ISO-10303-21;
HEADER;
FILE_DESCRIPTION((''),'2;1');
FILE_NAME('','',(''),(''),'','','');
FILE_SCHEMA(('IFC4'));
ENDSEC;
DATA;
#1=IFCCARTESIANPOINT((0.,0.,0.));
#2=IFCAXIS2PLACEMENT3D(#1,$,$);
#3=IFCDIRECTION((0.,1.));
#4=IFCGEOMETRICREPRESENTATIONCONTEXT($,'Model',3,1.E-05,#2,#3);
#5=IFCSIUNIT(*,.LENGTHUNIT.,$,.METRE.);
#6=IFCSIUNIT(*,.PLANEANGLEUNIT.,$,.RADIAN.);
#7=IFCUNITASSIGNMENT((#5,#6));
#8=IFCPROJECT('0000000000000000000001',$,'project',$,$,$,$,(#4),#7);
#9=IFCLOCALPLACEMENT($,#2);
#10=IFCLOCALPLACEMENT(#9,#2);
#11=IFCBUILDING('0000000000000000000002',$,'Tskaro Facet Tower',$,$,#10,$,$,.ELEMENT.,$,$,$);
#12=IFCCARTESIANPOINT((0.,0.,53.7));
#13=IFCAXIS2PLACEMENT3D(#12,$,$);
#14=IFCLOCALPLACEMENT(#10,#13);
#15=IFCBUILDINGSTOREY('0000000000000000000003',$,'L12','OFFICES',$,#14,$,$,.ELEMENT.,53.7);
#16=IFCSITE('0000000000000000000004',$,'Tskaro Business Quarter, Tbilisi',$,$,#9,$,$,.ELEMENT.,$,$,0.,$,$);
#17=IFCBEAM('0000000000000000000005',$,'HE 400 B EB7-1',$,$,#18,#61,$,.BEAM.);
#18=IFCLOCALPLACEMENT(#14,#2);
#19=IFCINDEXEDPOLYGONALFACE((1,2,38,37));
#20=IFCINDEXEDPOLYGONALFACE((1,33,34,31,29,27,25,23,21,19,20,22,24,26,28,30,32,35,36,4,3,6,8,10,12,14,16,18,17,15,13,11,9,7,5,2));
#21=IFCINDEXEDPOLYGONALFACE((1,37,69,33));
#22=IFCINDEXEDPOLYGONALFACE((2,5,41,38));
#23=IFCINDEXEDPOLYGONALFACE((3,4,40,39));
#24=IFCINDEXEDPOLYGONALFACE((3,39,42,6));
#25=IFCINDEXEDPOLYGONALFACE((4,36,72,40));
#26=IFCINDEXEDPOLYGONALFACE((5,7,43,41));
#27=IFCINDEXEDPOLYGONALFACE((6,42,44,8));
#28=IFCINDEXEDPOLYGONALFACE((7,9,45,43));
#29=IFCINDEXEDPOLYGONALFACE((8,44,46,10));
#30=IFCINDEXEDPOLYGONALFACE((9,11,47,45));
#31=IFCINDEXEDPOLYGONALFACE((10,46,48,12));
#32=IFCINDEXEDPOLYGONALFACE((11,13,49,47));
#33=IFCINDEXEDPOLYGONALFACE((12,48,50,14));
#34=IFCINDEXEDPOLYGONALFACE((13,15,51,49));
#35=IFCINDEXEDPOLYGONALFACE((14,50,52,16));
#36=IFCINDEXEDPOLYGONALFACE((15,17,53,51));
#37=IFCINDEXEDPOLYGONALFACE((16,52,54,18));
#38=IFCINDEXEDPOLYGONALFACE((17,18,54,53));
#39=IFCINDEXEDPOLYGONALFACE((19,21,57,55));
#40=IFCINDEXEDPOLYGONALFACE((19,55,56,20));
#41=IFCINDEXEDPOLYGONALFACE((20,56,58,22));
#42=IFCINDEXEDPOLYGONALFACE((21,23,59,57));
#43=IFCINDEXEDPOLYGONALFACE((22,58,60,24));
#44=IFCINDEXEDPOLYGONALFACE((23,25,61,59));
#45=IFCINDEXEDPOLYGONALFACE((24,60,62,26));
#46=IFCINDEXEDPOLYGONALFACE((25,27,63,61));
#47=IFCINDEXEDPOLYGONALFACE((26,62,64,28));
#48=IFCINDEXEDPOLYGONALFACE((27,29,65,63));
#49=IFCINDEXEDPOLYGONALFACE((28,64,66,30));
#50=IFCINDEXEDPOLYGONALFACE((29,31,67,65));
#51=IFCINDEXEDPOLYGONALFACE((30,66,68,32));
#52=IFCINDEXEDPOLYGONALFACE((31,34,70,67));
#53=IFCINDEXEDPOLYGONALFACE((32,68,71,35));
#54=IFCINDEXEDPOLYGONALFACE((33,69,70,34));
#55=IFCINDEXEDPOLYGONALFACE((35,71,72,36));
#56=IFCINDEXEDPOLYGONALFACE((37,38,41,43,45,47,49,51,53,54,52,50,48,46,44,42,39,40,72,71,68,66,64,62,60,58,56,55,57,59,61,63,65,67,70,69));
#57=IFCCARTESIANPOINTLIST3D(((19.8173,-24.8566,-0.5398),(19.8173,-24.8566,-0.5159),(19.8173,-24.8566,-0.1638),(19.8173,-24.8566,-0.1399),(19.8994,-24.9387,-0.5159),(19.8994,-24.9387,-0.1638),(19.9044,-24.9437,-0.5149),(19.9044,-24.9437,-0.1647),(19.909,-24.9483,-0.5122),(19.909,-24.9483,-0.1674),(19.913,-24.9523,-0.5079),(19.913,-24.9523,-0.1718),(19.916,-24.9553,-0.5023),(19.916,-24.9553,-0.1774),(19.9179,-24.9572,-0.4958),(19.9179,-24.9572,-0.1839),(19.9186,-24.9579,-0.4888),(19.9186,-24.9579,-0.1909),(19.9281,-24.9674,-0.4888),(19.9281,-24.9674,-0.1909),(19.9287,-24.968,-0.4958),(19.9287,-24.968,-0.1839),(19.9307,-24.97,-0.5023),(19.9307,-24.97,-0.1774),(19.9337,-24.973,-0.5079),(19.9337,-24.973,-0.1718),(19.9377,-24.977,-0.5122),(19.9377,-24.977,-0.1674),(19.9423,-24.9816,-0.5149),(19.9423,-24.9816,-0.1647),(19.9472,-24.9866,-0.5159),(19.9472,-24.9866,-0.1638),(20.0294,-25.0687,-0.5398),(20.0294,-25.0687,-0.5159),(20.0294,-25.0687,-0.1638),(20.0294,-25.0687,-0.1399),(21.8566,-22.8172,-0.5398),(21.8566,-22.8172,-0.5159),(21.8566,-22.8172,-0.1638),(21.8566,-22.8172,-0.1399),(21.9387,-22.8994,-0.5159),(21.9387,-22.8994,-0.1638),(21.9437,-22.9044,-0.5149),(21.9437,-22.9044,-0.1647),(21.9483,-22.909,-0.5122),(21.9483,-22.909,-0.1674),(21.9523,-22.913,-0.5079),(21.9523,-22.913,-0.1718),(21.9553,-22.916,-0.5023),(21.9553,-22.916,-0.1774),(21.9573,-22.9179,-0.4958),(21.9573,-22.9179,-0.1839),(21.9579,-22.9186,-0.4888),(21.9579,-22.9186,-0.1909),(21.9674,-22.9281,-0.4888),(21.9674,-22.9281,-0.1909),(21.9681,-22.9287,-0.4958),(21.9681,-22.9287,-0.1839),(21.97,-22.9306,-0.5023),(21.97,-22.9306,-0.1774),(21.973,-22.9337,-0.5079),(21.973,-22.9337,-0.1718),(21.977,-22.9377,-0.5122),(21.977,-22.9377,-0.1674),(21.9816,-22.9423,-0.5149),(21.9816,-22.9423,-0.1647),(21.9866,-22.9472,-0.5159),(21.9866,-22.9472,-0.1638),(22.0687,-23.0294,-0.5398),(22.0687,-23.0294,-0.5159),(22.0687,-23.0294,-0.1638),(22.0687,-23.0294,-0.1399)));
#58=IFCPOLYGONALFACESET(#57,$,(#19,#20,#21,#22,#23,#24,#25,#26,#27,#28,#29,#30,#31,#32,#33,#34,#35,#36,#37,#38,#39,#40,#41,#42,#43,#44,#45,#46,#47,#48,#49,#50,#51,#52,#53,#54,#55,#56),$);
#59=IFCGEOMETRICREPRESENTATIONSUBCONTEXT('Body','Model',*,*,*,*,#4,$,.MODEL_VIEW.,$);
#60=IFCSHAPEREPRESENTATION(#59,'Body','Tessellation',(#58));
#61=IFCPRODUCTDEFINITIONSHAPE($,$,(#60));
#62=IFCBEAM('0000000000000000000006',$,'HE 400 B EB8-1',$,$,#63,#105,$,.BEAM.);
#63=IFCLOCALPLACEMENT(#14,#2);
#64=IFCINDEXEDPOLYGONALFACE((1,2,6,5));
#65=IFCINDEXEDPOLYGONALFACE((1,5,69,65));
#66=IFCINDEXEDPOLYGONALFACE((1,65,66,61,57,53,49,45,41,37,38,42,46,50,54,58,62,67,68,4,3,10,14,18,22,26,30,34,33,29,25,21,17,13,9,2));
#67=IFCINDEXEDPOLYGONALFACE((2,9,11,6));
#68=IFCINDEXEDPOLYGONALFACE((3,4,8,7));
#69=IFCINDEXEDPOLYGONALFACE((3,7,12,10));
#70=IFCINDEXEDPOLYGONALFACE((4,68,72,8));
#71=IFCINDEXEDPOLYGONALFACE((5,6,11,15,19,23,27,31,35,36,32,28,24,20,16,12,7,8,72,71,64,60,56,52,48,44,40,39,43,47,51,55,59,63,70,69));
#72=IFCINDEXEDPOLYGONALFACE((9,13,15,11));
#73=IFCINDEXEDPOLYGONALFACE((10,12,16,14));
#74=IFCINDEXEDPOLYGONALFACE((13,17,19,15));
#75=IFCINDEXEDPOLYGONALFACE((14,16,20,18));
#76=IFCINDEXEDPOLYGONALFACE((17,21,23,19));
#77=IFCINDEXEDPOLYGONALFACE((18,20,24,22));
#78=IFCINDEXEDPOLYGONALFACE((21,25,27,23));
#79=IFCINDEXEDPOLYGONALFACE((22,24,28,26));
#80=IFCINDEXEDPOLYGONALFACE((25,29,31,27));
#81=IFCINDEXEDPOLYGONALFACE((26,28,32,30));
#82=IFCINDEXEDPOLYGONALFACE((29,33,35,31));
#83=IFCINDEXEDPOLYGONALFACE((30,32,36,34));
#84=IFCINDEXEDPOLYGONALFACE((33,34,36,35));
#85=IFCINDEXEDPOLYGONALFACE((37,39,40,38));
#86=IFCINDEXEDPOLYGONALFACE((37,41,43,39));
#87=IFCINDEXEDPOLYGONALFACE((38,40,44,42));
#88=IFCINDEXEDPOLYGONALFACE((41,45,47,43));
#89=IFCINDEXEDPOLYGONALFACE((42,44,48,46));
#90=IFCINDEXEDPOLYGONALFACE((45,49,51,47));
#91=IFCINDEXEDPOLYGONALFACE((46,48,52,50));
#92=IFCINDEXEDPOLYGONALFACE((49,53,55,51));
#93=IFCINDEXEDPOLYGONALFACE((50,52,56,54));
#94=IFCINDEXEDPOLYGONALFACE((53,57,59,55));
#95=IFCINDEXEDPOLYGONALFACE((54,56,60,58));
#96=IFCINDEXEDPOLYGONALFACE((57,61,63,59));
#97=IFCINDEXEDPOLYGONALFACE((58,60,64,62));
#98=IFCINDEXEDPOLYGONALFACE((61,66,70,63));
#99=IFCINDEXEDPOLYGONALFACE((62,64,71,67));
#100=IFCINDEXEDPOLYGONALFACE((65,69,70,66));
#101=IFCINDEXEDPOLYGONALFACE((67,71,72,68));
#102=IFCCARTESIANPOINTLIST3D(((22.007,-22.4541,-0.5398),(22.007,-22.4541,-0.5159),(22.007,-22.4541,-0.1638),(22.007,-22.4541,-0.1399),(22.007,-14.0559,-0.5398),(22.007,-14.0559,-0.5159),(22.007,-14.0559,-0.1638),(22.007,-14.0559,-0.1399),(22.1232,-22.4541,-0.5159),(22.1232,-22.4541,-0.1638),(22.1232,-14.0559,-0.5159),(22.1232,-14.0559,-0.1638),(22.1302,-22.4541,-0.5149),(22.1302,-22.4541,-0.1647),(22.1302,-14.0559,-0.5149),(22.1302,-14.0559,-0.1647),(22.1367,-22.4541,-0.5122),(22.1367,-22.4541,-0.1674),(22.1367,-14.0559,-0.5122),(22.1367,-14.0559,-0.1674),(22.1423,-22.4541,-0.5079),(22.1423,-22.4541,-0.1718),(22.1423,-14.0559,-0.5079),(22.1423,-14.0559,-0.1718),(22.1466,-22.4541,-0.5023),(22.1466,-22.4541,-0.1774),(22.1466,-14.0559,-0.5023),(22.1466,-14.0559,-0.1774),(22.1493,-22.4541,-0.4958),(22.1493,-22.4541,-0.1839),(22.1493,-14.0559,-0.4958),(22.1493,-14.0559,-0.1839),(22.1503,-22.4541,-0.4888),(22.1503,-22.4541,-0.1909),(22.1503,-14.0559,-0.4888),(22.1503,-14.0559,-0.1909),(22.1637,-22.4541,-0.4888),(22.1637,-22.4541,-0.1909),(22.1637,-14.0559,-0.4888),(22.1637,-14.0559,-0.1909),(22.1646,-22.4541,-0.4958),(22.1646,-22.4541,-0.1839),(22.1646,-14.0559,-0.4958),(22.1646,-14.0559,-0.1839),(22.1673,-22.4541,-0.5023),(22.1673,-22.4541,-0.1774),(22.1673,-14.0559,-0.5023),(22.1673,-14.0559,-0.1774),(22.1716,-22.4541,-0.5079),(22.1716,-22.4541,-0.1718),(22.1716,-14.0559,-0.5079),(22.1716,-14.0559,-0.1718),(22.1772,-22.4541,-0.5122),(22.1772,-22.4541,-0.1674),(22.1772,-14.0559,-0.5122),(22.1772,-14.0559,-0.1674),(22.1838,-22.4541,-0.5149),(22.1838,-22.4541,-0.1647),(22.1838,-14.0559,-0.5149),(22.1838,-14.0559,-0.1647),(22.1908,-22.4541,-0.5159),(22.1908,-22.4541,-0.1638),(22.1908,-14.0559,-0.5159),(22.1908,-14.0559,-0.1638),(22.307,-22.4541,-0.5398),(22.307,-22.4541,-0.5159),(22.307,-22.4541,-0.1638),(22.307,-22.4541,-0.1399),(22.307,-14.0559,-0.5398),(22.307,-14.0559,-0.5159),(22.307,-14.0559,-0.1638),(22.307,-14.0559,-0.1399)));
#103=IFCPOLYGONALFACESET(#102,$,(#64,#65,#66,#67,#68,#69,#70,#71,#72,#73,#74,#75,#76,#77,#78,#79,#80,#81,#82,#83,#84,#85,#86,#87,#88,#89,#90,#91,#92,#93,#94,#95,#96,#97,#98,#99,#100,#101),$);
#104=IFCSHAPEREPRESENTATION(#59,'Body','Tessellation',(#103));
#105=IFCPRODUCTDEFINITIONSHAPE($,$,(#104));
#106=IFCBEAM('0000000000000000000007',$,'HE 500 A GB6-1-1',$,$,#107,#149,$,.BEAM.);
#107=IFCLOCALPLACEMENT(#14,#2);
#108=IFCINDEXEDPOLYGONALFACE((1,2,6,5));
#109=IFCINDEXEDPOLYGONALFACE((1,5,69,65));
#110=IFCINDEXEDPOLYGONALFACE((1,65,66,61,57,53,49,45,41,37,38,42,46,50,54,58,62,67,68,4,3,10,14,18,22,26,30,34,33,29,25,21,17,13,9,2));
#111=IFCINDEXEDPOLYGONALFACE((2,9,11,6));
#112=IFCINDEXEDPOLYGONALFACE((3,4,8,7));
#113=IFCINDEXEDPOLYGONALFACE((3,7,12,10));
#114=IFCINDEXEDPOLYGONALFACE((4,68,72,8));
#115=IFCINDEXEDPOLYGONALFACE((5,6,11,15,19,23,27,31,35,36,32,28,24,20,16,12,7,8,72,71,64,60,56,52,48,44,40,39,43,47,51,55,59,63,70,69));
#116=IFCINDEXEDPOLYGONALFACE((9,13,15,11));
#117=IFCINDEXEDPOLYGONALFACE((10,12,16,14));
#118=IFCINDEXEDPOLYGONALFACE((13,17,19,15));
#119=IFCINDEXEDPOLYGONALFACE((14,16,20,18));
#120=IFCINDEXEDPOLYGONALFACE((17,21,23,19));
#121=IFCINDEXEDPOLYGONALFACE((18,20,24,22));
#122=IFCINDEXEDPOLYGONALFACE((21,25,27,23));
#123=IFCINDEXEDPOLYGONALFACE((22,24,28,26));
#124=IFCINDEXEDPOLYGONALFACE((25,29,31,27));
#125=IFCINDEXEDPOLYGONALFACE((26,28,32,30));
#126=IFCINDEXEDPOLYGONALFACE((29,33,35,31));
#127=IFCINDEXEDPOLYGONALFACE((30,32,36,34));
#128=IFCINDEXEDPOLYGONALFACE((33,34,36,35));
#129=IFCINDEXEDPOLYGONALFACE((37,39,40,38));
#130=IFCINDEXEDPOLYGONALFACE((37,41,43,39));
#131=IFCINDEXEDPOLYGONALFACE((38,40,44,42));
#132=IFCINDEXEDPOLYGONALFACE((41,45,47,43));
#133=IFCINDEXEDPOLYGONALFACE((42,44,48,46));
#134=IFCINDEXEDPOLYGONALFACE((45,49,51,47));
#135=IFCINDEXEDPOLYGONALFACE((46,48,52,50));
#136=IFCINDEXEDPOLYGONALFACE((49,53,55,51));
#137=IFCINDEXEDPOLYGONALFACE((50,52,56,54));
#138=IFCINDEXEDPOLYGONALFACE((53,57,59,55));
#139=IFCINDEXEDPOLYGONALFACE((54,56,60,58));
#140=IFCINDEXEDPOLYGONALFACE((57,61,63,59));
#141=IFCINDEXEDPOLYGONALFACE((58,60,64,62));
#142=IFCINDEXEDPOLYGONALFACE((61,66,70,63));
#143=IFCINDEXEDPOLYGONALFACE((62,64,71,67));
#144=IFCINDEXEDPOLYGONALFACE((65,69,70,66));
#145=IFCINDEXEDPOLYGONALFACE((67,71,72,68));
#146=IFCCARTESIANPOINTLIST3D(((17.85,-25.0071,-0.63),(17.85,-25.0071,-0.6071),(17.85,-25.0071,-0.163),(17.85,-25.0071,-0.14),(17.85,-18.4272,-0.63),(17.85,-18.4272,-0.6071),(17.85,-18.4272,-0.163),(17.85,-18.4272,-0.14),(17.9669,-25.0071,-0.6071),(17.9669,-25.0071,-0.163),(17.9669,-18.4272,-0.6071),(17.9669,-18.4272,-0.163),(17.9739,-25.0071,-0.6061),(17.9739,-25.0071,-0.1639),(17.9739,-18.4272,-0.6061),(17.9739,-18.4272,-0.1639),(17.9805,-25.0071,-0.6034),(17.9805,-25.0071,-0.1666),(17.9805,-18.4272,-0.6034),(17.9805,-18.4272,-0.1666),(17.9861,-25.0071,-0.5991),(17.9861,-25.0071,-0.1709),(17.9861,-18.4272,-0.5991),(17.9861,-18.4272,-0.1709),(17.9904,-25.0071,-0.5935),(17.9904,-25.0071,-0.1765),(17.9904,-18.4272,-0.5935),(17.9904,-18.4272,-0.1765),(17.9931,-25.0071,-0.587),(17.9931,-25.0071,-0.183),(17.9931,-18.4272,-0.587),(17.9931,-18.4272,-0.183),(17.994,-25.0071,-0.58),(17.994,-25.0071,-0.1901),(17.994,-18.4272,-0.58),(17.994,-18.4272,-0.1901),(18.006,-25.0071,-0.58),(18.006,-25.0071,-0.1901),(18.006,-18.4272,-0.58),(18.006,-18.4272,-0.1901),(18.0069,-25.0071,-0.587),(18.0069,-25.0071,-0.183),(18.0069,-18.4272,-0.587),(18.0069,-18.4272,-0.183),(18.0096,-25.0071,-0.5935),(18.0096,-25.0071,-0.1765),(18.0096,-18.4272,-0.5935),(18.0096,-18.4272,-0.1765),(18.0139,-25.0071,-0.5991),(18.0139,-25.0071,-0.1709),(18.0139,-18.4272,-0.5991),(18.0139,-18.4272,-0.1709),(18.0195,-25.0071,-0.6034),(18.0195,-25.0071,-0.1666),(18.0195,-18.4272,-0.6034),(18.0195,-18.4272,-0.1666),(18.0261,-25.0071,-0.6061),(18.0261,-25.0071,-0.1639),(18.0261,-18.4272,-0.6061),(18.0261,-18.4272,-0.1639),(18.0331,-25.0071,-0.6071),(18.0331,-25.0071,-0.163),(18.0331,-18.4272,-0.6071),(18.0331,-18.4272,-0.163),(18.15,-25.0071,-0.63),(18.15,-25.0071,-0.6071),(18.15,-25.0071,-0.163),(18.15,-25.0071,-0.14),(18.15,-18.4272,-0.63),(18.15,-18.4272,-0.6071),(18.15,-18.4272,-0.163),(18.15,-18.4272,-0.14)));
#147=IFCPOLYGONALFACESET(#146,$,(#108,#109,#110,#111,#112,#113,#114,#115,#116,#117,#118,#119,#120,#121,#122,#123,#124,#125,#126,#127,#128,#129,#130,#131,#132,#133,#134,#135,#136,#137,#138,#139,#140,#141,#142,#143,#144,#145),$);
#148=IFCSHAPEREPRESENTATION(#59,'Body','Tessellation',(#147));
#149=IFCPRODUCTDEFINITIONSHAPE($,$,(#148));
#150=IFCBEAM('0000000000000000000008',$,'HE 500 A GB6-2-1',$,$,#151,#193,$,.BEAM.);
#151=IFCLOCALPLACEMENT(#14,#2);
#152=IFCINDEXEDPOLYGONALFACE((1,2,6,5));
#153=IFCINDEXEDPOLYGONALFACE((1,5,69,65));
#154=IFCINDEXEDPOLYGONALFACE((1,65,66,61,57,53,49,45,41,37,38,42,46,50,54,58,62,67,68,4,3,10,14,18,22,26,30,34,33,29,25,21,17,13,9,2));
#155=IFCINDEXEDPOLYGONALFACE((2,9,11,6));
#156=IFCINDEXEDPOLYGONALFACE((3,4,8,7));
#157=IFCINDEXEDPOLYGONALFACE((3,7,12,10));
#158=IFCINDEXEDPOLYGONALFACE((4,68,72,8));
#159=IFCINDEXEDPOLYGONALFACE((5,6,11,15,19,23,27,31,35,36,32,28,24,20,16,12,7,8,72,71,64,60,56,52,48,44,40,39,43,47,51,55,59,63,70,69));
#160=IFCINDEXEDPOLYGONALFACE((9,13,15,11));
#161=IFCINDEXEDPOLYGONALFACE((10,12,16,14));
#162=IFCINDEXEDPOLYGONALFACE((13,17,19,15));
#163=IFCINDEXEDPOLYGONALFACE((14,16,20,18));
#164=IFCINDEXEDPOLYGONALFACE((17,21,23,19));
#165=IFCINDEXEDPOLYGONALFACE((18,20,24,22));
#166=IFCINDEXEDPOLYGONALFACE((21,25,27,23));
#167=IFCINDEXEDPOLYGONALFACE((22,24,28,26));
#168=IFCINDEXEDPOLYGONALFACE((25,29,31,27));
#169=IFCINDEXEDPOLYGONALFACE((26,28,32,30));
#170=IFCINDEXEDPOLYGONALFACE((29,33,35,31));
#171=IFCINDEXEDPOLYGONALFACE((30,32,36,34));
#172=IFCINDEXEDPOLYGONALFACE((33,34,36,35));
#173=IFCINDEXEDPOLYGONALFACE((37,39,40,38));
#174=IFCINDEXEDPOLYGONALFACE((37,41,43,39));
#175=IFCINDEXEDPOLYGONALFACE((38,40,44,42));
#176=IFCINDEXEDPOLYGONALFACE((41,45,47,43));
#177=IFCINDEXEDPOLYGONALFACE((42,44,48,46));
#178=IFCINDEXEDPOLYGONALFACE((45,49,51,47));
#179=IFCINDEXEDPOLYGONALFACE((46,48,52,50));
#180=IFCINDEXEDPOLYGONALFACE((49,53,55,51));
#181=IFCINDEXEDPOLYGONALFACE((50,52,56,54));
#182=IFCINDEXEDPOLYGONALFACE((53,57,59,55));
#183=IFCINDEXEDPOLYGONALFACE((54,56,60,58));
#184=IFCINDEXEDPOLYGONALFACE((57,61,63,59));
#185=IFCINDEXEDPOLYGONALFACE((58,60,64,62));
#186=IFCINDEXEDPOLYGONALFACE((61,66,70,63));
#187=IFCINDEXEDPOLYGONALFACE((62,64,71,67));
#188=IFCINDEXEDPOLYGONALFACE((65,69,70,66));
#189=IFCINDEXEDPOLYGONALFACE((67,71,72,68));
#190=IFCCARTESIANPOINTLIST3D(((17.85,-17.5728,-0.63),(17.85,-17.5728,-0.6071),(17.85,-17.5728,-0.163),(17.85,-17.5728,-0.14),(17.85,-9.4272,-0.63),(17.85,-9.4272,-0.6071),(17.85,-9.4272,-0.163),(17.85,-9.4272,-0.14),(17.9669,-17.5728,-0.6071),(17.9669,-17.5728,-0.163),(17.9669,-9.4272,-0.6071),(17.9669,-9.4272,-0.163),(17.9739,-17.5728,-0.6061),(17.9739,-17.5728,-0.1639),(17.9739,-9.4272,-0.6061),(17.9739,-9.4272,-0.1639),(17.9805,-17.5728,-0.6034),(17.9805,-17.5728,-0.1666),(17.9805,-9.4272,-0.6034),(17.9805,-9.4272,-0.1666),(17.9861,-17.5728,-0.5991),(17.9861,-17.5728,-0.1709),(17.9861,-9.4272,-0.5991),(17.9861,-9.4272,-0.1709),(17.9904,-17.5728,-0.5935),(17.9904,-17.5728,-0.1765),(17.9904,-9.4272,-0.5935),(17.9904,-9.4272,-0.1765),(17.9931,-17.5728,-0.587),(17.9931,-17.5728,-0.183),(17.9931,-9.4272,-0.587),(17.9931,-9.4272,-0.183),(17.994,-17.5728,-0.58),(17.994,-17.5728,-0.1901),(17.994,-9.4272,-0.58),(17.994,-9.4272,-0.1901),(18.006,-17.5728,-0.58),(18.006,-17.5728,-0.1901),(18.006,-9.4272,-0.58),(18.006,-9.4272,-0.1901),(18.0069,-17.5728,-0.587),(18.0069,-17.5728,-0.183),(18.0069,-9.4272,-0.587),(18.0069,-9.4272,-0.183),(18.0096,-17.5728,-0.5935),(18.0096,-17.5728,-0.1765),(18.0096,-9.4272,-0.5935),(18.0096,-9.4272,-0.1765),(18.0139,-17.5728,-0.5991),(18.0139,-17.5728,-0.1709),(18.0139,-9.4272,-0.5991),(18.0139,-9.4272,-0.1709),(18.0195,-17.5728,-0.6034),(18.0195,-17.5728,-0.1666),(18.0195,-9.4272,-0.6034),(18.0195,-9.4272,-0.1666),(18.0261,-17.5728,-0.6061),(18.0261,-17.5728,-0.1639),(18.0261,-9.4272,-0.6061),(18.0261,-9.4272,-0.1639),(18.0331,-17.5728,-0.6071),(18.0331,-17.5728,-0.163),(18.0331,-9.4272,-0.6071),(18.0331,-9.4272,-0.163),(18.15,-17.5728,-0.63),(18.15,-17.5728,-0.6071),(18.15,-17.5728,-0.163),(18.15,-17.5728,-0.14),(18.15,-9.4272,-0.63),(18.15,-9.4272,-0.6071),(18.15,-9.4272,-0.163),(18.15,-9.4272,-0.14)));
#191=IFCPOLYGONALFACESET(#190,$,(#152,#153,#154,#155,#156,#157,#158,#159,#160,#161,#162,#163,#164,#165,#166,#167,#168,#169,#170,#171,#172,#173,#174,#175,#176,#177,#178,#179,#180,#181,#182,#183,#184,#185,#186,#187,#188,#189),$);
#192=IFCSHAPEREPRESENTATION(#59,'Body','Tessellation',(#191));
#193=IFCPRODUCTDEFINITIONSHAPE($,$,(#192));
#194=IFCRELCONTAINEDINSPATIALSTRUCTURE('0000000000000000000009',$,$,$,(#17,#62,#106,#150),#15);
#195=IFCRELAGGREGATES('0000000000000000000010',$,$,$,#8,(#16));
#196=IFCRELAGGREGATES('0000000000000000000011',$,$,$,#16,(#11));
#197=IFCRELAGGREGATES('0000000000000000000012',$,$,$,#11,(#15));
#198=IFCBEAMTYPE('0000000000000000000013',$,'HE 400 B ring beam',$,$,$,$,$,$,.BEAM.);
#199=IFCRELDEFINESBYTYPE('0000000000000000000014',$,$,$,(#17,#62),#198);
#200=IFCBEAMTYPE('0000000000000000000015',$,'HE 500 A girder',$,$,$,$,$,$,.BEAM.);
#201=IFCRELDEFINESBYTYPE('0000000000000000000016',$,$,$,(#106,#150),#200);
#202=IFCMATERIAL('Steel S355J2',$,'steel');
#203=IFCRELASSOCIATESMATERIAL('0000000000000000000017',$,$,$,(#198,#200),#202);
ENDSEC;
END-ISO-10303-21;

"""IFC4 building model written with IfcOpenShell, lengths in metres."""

from ifc_helpers import new_model, si_unit, direction, frame, origin, origin_2d, place, context, subcontext, project, spatial, i_section, extrude, material, material_profile, profile_set, type_object, element, save


model = new_model("IFC4")

# Units and contexts
model_context = context("Model", 3, precision=1e-05, world=origin(), true_north=direction((0.0, 1.0)))
body_context = subcontext(model_context, "Body", "Model", "MODEL_VIEW")
ifc_project = project(units=[si_unit("LENGTHUNIT", "METRE"), si_unit("PLANEANGLEUNIT", "RADIAN")], contexts=[model_context])

# Site, building, storey
site_placement = place(None, origin())
site = spatial("IfcSite", under=ifc_project, at=site_placement, Name="Tskaro Business Quarter, Tbilisi", CompositionType="ELEMENT", RefElevation=0.0)
building_placement = place(site_placement, origin())
building = spatial("IfcBuilding", under=site, at=building_placement, Name="Tskaro Facet Tower", CompositionType="ELEMENT")
storey_placement = place(building_placement, frame((0.0, 0.0, 53.7)))
storey = spatial("IfcBuildingStorey", under=building, at=storey_placement, Name="L12", Description="OFFICES", CompositionType="ELEMENT", Elevation=53.7)

# Beams
ifc_material_1 = material(Name="Steel S355J2", Category="steel")
ifc_material_profile_1 = material_profile(ifc_material_1, i_section(OverallWidth=0.3, OverallDepth=0.3999, WebThickness=0.0134, FlangeThickness=0.0239, FilletRadius=0.0271, at=origin_2d()), Name="HE 400 B")
ifc_profile_set_1 = profile_set([ifc_material_profile_1], Name="Steel S355J2")
beam_type_1 = type_object("IfcBeamType", Name="HE 400 B ring beam", PredefinedType="BEAM", material=ifc_profile_set_1)
beam_1_placement = place(storey_placement, frame((19.9233, -24.9626, -0.3398), z_axis=(0.707107, 0.707107, 0.0), x_axis=(-0.707107, 0.707107, 0.0)))
element("IfcBeam", 1, at=beam_1_placement, inside=storey, type_object=beam_type_1, Name="HE 400 B EB7-1", PredefinedType="BEAM", context=body_context, shape_type="SweptSolid", body=[
    extrude(i_section(OverallWidth=0.3, OverallDepth=0.3999, WebThickness=0.0134, FlangeThickness=0.0239, FilletRadius=0.0271, at=origin_2d()), origin(), (0.0, 0.0, 1.0), 2.884),
])
beam_2_placement = place(storey_placement, frame((22.157, -22.4541, -0.3398), z_axis=(0.0, 1.0, 0.0), x_axis=(-1.0, 0.0, 0.0)))
element("IfcBeam", 2, at=beam_2_placement, inside=storey, type_object=beam_type_1, Name="HE 400 B EB8-1", PredefinedType="BEAM", context=body_context, shape_type="SweptSolid", body=[
    extrude(i_section(OverallWidth=0.3, OverallDepth=0.3999, WebThickness=0.0134, FlangeThickness=0.0239, FilletRadius=0.0271, at=origin_2d()), origin(), (0.0, 0.0, 1.0), 8.3982),
])
ifc_material_profile_2 = material_profile(ifc_material_1, i_section(OverallWidth=0.3, OverallDepth=0.49, WebThickness=0.012, FlangeThickness=0.0229, FilletRadius=0.0271, at=origin_2d()), Name="HE 500 A")
ifc_profile_set_2 = profile_set([ifc_material_profile_2], Name="Steel S355J2")
beam_type_2 = type_object("IfcBeamType", Name="HE 500 A girder", PredefinedType="BEAM", material=ifc_profile_set_2)
beam_3_placement = place(storey_placement, frame((18.0, -25.0071, -0.385), z_axis=(0.0, 1.0, 0.0), x_axis=(-1.0, 0.0, 0.0)))
element("IfcBeam", 3, at=beam_3_placement, inside=storey, type_object=beam_type_2, Name="HE 500 A GB6-1-1", PredefinedType="BEAM", context=body_context, shape_type="SweptSolid", body=[
    extrude(i_section(OverallWidth=0.3, OverallDepth=0.49, WebThickness=0.012, FlangeThickness=0.0229, FilletRadius=0.0271, at=origin_2d()), origin(), (0.0, 0.0, 1.0), 6.5798),
])
beam_4_placement = place(storey_placement, frame((18.0, -17.5728, -0.385), z_axis=(0.0, 1.0, 0.0), x_axis=(-1.0, 0.0, 0.0)))
element("IfcBeam", 4, at=beam_4_placement, inside=storey, type_object=beam_type_2, Name="HE 500 A GB6-2-1", PredefinedType="BEAM", context=body_context, shape_type="SweptSolid", body=[
    extrude(i_section(OverallWidth=0.3, OverallDepth=0.49, WebThickness=0.012, FlangeThickness=0.0229, FilletRadius=0.0271, at=origin_2d()), origin(), (0.0, 0.0, 1.0), 8.1455),
])

save(model, "model.ifc")
